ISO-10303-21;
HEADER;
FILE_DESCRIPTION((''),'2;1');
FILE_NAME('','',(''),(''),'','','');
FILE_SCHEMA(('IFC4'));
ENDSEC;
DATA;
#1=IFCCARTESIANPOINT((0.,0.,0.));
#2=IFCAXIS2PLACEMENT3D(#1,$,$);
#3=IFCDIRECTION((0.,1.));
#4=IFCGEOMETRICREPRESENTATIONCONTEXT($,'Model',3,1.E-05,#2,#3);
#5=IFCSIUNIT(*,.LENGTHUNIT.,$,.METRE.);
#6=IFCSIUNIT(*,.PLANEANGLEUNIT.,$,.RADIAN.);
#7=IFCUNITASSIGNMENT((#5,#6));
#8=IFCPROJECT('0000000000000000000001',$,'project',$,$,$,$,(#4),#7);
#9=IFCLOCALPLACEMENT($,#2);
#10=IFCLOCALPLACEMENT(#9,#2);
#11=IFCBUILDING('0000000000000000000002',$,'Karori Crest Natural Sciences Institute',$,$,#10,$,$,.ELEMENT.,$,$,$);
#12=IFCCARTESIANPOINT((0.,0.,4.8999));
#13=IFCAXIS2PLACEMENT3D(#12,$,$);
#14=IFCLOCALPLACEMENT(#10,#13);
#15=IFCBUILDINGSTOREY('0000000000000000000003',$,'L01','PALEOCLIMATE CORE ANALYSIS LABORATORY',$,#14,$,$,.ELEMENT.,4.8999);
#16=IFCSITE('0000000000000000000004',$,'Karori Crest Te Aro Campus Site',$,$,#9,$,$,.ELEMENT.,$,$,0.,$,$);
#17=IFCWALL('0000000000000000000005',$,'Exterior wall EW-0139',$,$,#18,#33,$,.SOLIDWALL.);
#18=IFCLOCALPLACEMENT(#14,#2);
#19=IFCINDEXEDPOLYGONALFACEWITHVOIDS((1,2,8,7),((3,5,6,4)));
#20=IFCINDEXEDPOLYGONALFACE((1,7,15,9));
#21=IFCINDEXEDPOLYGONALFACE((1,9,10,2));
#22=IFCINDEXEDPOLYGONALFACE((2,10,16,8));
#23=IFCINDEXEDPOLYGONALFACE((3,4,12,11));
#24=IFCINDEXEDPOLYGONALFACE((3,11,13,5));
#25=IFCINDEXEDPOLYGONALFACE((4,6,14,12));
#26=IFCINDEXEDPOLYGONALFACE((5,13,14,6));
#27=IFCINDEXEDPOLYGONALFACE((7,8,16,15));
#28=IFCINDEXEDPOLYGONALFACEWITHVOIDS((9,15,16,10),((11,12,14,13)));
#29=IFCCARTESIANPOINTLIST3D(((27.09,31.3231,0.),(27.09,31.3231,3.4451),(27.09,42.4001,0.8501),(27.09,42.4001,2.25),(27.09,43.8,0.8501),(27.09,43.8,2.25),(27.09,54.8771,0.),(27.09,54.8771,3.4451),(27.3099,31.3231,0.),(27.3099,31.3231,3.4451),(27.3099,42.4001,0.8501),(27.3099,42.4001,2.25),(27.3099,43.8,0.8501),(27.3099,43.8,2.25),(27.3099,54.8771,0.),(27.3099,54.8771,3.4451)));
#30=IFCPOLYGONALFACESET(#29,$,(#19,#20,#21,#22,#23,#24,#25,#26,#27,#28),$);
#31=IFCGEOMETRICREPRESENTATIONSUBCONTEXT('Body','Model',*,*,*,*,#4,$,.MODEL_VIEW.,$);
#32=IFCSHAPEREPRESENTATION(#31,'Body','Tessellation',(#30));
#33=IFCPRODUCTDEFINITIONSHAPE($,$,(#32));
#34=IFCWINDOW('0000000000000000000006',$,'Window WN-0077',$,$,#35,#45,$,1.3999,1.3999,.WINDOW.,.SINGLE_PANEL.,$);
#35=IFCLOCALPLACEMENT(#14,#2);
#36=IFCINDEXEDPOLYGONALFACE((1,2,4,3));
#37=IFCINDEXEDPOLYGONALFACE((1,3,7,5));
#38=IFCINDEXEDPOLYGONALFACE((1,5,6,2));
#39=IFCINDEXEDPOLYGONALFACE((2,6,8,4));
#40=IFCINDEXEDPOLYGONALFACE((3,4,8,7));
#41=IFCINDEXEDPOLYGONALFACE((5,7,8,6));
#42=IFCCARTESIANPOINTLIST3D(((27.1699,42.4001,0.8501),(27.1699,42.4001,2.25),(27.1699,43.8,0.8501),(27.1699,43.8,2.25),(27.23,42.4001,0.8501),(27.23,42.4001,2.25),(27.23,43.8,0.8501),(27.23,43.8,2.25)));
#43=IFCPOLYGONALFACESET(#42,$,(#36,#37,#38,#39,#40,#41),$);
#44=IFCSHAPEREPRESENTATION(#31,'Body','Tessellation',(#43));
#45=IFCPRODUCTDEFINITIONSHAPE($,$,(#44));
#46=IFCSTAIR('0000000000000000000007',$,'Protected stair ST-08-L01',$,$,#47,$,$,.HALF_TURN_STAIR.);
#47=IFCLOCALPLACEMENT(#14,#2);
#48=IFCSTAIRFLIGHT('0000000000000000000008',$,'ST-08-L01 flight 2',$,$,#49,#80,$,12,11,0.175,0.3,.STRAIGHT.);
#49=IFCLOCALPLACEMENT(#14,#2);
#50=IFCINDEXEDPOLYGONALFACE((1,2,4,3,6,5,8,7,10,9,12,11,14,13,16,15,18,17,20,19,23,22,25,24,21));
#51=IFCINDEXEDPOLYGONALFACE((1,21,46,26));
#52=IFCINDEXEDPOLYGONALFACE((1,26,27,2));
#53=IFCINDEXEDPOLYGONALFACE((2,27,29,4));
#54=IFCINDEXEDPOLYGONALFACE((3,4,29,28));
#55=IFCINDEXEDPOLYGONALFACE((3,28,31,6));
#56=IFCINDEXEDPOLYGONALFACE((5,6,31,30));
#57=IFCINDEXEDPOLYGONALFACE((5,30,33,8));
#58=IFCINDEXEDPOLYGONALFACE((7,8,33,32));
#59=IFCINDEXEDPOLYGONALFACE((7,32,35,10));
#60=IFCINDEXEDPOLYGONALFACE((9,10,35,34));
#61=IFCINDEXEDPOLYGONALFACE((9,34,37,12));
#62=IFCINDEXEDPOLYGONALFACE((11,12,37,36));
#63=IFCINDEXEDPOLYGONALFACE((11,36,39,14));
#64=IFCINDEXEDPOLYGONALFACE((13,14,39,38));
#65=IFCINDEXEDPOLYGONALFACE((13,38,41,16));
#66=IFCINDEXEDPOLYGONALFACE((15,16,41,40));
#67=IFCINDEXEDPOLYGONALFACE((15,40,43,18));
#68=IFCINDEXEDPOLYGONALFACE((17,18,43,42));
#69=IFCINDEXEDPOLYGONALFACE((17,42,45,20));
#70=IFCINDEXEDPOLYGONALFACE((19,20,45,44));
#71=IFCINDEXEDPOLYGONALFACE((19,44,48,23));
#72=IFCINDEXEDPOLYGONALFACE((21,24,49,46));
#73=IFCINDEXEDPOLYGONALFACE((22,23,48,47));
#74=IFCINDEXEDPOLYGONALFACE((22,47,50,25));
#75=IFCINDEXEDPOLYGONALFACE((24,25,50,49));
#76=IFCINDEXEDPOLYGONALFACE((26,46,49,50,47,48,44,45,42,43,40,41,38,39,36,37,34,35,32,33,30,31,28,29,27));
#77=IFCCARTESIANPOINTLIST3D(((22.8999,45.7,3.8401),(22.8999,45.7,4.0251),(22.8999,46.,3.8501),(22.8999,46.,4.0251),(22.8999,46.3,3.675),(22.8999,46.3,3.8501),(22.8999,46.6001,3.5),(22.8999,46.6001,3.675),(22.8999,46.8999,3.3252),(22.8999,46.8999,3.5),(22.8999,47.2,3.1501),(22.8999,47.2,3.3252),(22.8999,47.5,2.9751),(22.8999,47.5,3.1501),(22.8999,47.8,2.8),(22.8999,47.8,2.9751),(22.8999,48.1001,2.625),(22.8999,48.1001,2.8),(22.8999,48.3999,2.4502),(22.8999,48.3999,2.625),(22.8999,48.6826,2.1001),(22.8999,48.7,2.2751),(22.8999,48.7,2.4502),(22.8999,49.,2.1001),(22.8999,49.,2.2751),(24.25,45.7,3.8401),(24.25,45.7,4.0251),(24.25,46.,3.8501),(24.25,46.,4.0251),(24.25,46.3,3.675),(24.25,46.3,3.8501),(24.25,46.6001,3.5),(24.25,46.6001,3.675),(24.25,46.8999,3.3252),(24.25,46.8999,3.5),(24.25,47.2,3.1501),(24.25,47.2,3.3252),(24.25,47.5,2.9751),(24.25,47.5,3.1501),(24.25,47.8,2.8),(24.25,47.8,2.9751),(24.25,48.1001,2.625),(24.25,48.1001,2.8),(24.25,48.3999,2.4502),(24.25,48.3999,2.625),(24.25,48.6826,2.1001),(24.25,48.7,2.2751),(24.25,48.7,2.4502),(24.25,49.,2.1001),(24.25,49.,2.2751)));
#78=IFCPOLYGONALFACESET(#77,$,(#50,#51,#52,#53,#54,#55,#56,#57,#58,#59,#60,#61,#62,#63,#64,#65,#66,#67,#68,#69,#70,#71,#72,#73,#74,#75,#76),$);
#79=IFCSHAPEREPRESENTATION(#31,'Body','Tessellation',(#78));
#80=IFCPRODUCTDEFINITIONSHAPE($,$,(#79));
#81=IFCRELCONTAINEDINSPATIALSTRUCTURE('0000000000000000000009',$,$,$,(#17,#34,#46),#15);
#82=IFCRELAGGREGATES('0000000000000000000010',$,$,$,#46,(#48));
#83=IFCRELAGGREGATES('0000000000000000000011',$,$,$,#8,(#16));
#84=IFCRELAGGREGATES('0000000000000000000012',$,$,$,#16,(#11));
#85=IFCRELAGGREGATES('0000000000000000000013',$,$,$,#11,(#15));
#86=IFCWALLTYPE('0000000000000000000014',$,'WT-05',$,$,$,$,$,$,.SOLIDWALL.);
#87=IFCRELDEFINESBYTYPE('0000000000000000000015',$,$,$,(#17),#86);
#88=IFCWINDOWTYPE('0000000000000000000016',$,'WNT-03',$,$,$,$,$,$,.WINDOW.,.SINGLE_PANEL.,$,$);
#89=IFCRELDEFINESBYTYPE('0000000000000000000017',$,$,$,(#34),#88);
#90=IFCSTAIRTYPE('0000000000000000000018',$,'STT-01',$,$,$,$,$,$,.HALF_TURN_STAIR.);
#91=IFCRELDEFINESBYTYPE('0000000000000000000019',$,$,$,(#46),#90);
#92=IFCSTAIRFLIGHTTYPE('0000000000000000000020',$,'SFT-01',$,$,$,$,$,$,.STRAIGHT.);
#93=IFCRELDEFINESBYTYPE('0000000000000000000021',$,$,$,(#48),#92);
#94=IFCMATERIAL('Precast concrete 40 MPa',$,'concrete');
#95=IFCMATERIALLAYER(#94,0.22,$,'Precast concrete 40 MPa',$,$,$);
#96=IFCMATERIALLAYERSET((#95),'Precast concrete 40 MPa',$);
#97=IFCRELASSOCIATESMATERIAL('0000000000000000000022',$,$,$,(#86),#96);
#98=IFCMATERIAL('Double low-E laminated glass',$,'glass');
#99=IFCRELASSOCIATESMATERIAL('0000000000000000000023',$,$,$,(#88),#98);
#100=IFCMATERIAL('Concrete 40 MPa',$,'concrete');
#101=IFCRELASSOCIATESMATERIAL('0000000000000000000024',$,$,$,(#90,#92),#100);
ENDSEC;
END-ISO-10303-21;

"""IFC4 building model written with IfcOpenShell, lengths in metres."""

from ifc_helpers import new_model, si_unit, direction, frame, frame_2d, origin, place, context, subcontext, project, spatial, polyline, rectangle, outline, extrude, material, layer, layer_set, type_object, element, fill, aggregate, save


model = new_model("IFC4")

# Units and contexts
model_context = context("Model", 3, precision=1e-05, world=origin(), true_north=direction((0.0, 1.0)))
body_context = subcontext(model_context, "Body", "Model", "MODEL_VIEW")
ifc_project = project(units=[si_unit("LENGTHUNIT", "METRE"), si_unit("PLANEANGLEUNIT", "RADIAN")], contexts=[model_context])

# Site, building, storey
site_placement = place(None, origin())
site = spatial("IfcSite", under=ifc_project, at=site_placement, Name="Karori Crest Te Aro Campus Site", CompositionType="ELEMENT", RefElevation=0.0)
building_placement = place(site_placement, origin())
building = spatial("IfcBuilding", under=site, at=building_placement, Name="Karori Crest Natural Sciences Institute", CompositionType="ELEMENT")
storey_placement = place(building_placement, frame((0.0, 0.0, 4.8999)))
storey = spatial("IfcBuildingStorey", under=building, at=storey_placement, Name="L01", Description="PALEOCLIMATE CORE ANALYSIS LABORATORY", CompositionType="ELEMENT", Elevation=4.8999)

# Wall, opening, window
ifc_material_1 = material(Name="Precast concrete 40 MPa", Category="concrete")
ifc_layer_1 = layer(ifc_material_1, 0.22, Name="Precast concrete 40 MPa")
ifc_layer_set_1 = layer_set([ifc_layer_1], Name="Precast concrete 40 MPa")
wall_type_1 = type_object("IfcWallType", Name="WT-05", PredefinedType="SOLIDWALL", material=ifc_layer_set_1)
wall_1_placement = place(storey_placement, frame((27.2, 54.877, 0.0), z_axis=(0.0, 0.0, 1.0), x_axis=(0.0, -1.0, 0.0)))
wall_1 = element("IfcWall", 1, at=wall_1_placement, inside=storey, type_object=wall_type_1, Name="Exterior wall EW-0139", PredefinedType="SOLIDWALL", context=body_context, shape_type="SweptSolid", body=[
    extrude(rectangle(XDim=23.554, YDim=0.22, at=frame_2d((11.7769, 0.0))), origin(), (0.0, 0.0, 1.0), 3.4451),
])
opening_placement = place(wall_1_placement, frame((11.0769, 0.0, 0.8501)))
opening = element("IfcOpeningElement", 2, at=opening_placement, cuts=wall_1, PredefinedType="OPENING", context=body_context, shape_type="SweptSolid", body=[
    extrude(rectangle(XDim=1.3999, YDim=1.3999, at=frame_2d((0.7, 0.7))), frame((0.0, 0.1201, 0.0), z_axis=(0.0, -1.0, 0.0), x_axis=(1.0, 0.0, 0.0)), (0.0, 0.0, 1.0), 0.24),
])
ifc_material_2 = material(Name="Double low-E laminated glass", Category="glass")
window_type = type_object("IfcWindowType", Name="WNT-03", PartitioningType="SINGLE_PANEL", PredefinedType="WINDOW", material=ifc_material_2)
window_placement = place(opening_placement, origin())
window = element("IfcWindow", 3, at=window_placement, inside=storey, type_object=window_type, Name="Window WN-0077", OverallHeight=1.3999, OverallWidth=1.3999, PartitioningType="SINGLE_PANEL", PredefinedType="WINDOW", context=body_context, shape_type="SweptSolid", body=[
    extrude(rectangle(XDim=1.3999, YDim=1.3999, at=frame_2d((0.7, 0.7))), frame((0.0, 0.03, 0.0), z_axis=(0.0, -1.0, 0.0), x_axis=(1.0, 0.0, 0.0)), (0.0, 0.0, 1.0), 0.0601),
])
fill(opening, window)

# Stair, stair flight
ifc_material_3 = material(Name="Concrete 40 MPa", Category="concrete")
stair_type = type_object("IfcStairType", Name="STT-01", PredefinedType="HALF_TURN_STAIR", material=ifc_material_3)
stair_placement = place(storey_placement, origin())
stair = element("IfcStair", 4, at=stair_placement, inside=storey, type_object=stair_type, Name="Protected stair ST-08-L01", PredefinedType="HALF_TURN_STAIR")
stair_flight_type = type_object("IfcStairFlightType", Name="SFT-01", PredefinedType="STRAIGHT", material=ifc_material_3)
stair_flight_placement = place(storey_placement, frame((23.575, 49.0, 2.1001), z_axis=(0.0, 0.0, 1.0), x_axis=(0.0, -1.0, 0.0)))
stair_flight = element("IfcStairFlight", 5, at=stair_flight_placement, type_object=stair_flight_type, Name="ST-08-L01 flight 2", NumberOfRisers=12, NumberOfTreads=11, PredefinedType="STRAIGHT", RiserHeight=0.175, TreadLength=0.3, context=body_context, shape_type="SweptSolid", body=[
    extrude(outline(polyline([(0.0, 0.0), (0.0, 0.175), (0.3, 0.175), (0.3, 0.3501), (0.6001, 0.3501), (0.6001, 0.5249), (0.8999, 0.5249), (0.8999, 0.7), (1.2, 0.7), (1.2, 0.875), (1.5, 0.875), (1.5, 1.05), (1.8, 1.05), (1.8, 1.2251), (2.1001, 1.2251), (2.1001, 1.3999), (2.3999, 1.3999), (2.3999, 1.575), (2.7, 1.575), (2.7, 1.75), (3.0, 1.75), (3.0, 1.925), (3.3, 1.925), (3.3, 2.1001), (3.3, 1.74), (0.3174, 0.0), (0.0, 0.0)])), frame((0.0, 0.675, 0.0), z_axis=(0.0, -1.0, 0.0), x_axis=(1.0, 0.0, 0.0)), (0.0, 0.0, 1.0), 1.3501),
])
aggregate(stair, [stair_flight])

save(model, "model.ifc")
